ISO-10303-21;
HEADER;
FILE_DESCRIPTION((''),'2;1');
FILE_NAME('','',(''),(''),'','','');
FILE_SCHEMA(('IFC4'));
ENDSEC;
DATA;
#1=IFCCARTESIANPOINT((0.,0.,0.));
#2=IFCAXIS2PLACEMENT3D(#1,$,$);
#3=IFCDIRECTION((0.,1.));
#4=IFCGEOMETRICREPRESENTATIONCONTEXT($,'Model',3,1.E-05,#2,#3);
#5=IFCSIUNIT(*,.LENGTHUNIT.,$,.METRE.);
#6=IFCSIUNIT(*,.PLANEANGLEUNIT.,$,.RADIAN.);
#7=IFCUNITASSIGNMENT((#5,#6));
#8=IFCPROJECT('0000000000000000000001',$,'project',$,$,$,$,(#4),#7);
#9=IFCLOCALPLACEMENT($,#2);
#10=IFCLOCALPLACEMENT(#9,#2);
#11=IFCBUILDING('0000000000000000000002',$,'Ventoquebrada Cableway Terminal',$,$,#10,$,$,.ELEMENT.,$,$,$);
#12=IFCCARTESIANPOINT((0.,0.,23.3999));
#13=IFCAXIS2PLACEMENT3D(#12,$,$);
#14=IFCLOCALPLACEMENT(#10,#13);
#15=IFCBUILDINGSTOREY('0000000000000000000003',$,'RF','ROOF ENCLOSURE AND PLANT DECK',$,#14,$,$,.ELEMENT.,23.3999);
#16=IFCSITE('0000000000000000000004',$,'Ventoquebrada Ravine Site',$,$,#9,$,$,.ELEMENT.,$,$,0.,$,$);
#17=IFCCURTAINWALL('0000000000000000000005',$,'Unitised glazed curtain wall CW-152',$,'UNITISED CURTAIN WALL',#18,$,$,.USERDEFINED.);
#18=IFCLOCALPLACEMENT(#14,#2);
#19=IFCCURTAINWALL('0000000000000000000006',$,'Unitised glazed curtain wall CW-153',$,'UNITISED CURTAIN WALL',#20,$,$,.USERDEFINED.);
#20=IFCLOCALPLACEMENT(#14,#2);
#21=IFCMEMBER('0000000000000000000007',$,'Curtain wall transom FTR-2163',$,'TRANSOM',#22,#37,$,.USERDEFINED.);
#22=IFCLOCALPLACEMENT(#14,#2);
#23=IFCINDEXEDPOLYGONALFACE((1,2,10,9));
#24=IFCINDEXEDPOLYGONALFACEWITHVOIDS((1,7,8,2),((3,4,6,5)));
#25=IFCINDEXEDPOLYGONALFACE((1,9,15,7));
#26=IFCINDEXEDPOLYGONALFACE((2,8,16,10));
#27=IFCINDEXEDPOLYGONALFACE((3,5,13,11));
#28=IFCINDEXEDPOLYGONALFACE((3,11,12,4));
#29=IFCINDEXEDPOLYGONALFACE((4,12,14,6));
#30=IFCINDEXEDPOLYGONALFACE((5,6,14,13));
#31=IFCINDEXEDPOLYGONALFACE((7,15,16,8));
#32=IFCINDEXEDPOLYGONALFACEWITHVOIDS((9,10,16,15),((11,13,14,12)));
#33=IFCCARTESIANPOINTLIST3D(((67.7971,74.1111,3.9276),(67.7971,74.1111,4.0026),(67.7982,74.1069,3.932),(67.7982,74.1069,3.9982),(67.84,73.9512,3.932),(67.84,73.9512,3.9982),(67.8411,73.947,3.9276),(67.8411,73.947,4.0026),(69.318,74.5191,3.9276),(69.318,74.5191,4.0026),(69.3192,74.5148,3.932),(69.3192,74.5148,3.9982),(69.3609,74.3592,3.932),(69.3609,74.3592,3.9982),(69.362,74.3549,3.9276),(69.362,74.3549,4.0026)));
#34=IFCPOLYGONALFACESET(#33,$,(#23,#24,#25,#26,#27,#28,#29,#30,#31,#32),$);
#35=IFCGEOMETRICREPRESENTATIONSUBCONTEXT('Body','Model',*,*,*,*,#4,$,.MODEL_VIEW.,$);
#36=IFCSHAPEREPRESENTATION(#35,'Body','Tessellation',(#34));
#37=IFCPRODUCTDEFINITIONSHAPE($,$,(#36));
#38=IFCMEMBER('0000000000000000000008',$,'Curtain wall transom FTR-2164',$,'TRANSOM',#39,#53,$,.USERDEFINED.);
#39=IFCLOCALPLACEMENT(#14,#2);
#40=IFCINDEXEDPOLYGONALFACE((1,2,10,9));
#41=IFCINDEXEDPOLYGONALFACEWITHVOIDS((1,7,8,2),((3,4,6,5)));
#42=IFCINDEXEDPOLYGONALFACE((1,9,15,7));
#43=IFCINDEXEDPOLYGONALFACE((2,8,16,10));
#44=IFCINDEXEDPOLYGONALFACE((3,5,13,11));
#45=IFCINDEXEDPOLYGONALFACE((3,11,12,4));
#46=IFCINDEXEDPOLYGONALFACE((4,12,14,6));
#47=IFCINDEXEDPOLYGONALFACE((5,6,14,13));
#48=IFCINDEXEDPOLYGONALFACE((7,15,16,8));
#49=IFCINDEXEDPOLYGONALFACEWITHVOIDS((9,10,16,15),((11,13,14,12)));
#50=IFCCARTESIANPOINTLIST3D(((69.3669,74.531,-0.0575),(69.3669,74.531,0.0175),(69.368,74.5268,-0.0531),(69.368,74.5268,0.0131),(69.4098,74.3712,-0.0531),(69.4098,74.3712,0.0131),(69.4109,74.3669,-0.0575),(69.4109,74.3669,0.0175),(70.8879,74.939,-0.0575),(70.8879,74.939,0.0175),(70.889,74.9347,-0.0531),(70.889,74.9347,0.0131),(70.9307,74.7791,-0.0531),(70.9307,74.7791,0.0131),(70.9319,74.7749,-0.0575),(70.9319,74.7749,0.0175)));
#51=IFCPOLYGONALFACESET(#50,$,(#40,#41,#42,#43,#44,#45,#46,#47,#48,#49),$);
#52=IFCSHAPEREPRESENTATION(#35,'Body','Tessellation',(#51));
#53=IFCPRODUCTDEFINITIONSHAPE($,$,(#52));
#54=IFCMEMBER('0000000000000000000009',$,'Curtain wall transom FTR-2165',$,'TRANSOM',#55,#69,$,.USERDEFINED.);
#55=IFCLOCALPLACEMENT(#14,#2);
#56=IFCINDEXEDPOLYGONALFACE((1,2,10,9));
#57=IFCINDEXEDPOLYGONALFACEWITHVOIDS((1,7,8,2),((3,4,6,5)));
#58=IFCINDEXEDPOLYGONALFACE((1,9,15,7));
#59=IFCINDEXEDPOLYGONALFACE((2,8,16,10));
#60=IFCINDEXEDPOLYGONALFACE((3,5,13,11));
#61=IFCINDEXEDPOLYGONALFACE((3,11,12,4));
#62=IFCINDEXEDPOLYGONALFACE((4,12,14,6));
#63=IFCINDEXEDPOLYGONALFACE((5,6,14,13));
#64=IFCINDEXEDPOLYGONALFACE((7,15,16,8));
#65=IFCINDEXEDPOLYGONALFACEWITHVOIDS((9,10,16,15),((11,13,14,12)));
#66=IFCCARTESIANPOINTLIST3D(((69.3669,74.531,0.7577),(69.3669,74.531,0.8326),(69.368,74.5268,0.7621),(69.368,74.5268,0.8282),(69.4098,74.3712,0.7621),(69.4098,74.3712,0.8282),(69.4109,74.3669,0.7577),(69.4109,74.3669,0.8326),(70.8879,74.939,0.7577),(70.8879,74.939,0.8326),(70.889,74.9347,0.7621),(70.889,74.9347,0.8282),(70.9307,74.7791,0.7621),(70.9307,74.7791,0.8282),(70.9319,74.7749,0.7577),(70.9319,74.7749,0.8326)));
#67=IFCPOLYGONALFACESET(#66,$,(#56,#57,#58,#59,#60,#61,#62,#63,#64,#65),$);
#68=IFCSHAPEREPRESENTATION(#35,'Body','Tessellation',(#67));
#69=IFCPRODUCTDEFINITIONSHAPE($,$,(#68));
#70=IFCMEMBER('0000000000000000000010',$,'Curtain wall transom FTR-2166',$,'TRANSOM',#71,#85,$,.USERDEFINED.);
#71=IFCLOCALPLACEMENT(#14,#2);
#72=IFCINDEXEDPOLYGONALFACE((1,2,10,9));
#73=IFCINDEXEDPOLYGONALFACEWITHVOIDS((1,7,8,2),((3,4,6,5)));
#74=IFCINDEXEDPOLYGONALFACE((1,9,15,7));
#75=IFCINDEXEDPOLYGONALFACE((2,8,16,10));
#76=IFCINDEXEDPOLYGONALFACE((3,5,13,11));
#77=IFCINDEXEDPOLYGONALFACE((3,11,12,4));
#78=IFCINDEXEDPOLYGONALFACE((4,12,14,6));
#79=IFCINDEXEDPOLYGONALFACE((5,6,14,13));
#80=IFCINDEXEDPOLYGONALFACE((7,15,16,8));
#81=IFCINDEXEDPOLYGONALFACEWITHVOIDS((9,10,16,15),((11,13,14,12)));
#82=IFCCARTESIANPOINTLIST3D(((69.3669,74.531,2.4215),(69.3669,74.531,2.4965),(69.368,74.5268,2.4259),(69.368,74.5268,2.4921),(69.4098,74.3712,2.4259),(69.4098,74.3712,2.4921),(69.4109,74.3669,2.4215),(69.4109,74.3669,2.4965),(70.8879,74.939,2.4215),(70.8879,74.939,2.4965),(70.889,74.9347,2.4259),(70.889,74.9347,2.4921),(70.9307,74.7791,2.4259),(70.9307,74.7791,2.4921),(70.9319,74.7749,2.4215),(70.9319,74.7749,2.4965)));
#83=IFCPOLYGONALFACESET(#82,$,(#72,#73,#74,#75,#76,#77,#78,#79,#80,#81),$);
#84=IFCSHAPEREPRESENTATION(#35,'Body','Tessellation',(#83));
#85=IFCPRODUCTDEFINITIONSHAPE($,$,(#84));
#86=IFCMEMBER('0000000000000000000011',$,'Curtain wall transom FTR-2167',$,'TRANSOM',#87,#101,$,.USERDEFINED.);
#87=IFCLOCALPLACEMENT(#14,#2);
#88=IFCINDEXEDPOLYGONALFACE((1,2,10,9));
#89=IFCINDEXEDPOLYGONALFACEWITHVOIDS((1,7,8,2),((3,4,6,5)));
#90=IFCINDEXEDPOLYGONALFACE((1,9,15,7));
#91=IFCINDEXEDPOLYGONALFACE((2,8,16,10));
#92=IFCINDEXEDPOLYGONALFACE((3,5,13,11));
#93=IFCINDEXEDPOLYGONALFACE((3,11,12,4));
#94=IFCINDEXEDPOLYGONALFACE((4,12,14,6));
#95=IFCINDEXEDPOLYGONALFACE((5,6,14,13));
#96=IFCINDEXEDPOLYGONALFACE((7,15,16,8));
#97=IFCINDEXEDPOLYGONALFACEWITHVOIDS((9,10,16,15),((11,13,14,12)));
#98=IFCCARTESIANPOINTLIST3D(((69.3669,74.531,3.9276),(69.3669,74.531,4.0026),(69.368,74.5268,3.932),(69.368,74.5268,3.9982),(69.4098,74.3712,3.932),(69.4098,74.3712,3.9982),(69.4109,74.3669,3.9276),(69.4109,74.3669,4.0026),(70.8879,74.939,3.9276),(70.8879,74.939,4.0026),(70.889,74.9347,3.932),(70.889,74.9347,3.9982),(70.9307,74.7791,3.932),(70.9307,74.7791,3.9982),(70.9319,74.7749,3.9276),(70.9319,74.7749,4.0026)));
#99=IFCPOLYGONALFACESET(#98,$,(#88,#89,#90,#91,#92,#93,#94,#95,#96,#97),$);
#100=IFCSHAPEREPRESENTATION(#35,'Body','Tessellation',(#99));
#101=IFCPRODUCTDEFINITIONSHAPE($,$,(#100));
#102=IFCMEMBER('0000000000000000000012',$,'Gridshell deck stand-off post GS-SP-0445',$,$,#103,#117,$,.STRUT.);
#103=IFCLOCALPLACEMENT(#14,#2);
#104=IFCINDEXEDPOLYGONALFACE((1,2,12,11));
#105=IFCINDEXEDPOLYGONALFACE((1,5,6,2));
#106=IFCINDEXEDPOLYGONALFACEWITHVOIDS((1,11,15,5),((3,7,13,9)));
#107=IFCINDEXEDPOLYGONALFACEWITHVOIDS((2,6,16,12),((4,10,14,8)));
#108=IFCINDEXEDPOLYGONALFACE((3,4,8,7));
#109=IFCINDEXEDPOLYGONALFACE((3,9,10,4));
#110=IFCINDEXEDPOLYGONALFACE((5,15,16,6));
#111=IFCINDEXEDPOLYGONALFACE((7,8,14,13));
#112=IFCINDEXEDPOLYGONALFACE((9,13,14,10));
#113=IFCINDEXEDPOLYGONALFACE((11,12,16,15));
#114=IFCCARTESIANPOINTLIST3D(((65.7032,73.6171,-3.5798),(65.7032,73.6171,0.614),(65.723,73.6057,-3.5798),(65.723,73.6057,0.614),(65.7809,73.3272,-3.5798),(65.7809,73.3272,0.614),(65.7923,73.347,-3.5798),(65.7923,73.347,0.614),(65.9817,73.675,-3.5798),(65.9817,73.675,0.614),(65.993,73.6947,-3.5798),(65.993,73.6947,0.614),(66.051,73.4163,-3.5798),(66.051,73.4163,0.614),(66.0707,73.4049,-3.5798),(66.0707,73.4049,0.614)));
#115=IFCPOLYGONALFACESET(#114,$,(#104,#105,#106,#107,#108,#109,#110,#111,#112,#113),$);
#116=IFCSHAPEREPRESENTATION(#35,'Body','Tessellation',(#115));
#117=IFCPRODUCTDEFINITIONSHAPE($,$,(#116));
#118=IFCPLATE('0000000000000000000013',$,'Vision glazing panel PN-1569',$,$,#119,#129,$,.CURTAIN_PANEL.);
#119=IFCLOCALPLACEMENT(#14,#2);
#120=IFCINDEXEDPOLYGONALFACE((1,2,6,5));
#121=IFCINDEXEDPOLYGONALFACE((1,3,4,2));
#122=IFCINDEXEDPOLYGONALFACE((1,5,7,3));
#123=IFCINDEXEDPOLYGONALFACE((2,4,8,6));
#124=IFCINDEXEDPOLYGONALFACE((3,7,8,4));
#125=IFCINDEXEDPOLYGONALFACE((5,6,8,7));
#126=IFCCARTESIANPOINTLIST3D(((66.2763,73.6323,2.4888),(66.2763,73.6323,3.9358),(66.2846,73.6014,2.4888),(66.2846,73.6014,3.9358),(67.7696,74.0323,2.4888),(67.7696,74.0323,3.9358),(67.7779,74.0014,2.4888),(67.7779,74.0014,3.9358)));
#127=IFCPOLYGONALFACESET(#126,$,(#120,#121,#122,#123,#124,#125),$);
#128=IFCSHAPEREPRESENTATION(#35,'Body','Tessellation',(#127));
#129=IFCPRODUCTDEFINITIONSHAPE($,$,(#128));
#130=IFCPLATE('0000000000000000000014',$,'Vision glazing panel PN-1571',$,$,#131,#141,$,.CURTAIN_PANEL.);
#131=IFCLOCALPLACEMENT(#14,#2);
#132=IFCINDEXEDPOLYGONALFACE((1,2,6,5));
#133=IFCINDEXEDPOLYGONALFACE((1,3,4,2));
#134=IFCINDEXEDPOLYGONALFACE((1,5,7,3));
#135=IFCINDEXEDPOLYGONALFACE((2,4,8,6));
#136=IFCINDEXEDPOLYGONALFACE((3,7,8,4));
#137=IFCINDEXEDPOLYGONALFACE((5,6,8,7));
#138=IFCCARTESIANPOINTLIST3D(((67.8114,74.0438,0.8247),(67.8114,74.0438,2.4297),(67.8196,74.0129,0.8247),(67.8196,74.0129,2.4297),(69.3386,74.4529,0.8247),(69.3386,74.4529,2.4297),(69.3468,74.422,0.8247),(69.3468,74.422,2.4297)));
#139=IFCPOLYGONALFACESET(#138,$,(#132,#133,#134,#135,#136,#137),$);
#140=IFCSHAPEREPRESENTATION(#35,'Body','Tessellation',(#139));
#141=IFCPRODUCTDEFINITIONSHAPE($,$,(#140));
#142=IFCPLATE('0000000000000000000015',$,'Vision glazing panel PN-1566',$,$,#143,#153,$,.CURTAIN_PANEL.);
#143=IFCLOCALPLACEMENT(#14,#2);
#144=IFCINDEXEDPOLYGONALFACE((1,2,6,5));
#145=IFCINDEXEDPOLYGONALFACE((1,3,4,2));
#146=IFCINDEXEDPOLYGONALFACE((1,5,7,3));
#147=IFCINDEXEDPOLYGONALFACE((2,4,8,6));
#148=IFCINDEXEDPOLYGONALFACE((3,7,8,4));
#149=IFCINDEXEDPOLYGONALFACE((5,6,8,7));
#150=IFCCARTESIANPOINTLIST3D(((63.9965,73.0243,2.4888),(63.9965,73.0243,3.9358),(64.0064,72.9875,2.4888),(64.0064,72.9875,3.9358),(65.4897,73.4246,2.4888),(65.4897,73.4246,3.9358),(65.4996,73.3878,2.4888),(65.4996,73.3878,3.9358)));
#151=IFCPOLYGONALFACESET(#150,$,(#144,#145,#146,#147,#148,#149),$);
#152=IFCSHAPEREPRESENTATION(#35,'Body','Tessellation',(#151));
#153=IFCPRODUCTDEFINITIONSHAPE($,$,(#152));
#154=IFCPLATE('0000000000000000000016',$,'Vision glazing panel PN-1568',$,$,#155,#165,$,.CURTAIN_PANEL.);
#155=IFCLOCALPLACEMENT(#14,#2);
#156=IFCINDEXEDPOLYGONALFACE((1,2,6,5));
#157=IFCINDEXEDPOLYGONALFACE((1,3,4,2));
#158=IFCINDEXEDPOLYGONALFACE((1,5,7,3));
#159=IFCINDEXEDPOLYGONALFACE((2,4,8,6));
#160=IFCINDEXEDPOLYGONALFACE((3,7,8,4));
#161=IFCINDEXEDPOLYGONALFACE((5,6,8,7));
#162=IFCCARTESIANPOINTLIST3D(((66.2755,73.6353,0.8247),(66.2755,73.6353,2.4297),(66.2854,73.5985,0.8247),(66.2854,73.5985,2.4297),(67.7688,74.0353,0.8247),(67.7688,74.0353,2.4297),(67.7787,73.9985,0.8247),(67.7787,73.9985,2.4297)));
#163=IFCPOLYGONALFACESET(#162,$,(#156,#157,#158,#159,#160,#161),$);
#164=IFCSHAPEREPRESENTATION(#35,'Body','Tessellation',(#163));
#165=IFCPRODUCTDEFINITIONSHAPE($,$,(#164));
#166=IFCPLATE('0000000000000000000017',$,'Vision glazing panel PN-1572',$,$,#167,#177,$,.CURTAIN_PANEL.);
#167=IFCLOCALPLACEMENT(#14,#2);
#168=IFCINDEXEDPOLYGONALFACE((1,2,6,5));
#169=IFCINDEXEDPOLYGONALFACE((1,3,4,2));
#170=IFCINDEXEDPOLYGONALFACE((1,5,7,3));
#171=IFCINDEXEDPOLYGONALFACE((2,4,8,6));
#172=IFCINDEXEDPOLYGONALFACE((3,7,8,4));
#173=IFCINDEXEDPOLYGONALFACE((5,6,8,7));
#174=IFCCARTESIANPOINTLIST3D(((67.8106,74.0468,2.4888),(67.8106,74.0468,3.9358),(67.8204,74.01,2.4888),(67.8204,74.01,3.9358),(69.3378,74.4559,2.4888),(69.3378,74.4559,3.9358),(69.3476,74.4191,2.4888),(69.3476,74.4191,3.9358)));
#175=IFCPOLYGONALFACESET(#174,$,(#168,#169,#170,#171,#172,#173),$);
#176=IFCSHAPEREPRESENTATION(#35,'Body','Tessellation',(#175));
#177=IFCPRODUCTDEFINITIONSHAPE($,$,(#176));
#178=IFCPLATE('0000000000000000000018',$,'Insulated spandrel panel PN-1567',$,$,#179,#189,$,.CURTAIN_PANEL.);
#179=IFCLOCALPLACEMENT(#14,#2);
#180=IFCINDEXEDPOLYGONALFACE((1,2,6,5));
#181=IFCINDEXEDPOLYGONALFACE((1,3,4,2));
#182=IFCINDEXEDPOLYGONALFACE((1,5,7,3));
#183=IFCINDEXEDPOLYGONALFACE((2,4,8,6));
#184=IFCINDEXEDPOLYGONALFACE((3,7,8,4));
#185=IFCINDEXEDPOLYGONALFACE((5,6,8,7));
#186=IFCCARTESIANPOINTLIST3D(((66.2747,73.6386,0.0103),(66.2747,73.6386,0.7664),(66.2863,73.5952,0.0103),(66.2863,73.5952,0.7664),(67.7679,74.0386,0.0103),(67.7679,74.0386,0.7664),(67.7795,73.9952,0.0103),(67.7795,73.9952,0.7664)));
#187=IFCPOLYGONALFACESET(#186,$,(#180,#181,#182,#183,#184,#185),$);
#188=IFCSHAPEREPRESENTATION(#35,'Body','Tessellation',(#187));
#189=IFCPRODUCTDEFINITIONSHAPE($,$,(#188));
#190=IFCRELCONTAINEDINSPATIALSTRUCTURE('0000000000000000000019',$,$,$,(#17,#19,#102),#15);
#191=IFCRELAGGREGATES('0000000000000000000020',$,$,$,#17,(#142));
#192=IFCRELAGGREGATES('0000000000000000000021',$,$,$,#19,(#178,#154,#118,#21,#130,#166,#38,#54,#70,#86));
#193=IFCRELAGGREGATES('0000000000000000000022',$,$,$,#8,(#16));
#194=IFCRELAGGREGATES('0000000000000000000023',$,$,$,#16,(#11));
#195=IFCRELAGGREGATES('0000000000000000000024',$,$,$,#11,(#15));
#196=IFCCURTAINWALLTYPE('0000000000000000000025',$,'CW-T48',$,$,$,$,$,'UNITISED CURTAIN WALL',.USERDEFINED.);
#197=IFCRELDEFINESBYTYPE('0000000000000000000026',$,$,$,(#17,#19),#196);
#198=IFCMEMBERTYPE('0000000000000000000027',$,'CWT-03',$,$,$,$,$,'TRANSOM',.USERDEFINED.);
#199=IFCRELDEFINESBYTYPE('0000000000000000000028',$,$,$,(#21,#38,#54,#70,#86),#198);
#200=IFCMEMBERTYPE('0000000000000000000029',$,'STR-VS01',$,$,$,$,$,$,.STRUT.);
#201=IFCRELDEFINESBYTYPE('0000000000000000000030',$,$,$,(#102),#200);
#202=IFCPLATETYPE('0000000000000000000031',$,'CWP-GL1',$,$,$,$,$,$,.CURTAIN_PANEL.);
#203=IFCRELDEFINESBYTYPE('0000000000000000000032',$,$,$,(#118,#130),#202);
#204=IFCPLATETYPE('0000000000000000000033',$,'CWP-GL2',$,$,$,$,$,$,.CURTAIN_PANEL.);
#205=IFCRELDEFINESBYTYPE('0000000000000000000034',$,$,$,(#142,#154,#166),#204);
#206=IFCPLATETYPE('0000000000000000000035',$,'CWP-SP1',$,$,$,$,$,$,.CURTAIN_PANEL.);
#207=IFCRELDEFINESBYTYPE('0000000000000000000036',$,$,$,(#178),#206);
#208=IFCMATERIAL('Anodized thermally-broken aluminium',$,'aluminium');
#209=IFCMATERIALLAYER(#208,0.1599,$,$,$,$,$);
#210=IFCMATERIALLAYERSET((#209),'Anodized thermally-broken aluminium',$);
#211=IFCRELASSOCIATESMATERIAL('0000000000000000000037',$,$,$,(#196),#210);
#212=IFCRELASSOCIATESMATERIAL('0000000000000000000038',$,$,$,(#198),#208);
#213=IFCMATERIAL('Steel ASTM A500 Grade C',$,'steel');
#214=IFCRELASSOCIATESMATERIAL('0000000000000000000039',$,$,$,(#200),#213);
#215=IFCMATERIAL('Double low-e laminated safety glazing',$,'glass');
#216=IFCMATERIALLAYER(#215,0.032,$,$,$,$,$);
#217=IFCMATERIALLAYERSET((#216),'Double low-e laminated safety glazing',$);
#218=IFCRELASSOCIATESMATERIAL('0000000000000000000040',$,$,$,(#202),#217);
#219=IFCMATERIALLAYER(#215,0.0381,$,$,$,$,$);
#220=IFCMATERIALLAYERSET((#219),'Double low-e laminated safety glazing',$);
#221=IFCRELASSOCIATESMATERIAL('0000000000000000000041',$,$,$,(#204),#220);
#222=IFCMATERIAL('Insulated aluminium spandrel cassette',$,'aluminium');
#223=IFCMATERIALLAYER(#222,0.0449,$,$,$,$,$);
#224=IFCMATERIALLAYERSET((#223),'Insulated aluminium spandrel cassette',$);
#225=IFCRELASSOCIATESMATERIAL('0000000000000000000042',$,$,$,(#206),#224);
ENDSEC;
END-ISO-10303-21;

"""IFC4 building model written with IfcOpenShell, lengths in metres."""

from ifc_helpers import new_model, si_unit, direction, frame, origin, origin_2d, place, context, subcontext, project, spatial, rectangle, hollow_rectangle, extrude, material, layer, layer_set, material_profile, profile_set, type_object, element, aggregate, save


model = new_model("IFC4")

# Units and contexts
model_context = context("Model", 3, precision=1e-05, world=origin(), true_north=direction((0.0, 1.0)))
body_context = subcontext(model_context, "Body", "Model", "MODEL_VIEW")
ifc_project = project(units=[si_unit("LENGTHUNIT", "METRE"), si_unit("PLANEANGLEUNIT", "RADIAN")], contexts=[model_context])

# Site, building, storey
site_placement = place(None, origin())
site = spatial("IfcSite", under=ifc_project, at=site_placement, Name="Ventoquebrada Ravine Site", CompositionType="ELEMENT", RefElevation=0.0)
building_placement = place(site_placement, origin())
building = spatial("IfcBuilding", under=site, at=building_placement, Name="Ventoquebrada Cableway Terminal", CompositionType="ELEMENT")
storey_placement = place(building_placement, frame((0.0, 0.0, 23.3999)))
storey = spatial("IfcBuildingStorey", under=building, at=storey_placement, Name="RF", Description="ROOF ENCLOSURE AND PLANT DECK", CompositionType="ELEMENT", Elevation=23.3999)

# Curtain wall
ifc_material_1 = material(Name="Anodized thermally-broken aluminium", Category="aluminium")
ifc_layer_1 = layer(ifc_material_1, 0.1599)
ifc_layer_set_1 = layer_set([ifc_layer_1], Name="Anodized thermally-broken aluminium")
curtain_wall_type = type_object("IfcCurtainWallType", Name="CW-T48", ElementType="UNITISED CURTAIN WALL", PredefinedType="USERDEFINED", material=ifc_layer_set_1)
curtain_wall_1_placement = place(storey_placement, origin())
curtain_wall_1 = element("IfcCurtainWall", 1, at=curtain_wall_1_placement, inside=storey, type_object=curtain_wall_type, Name="Unitised glazed curtain wall CW-152", ObjectType="UNITISED CURTAIN WALL", PredefinedType="USERDEFINED")

# Curtain wall, members
curtain_wall_2_placement = place(storey_placement, origin())
curtain_wall_2 = element("IfcCurtainWall", 2, at=curtain_wall_2_placement, inside=storey, type_object=curtain_wall_type, Name="Unitised glazed curtain wall CW-153", ObjectType="UNITISED CURTAIN WALL", PredefinedType="USERDEFINED")
ifc_material_profile_1 = material_profile(ifc_material_1, hollow_rectangle(XDim=0.075, YDim=0.1699, WallThickness=0.0044, at=origin_2d()), Name="CW-TRN-75X170")
ifc_profile_set_1 = profile_set([ifc_material_profile_1], Name="Anodized thermally-broken aluminium")
member_type_1 = type_object("IfcMemberType", Name="CWT-03", ElementType="TRANSOM", PredefinedType="USERDEFINED", material=ifc_profile_set_1)
member_1_placement = place(storey_placement, frame((67.8191, 74.0291, 3.9651), z_axis=(0.965861, 0.259062, 0.0), x_axis=(0.0, 0.0, 1.0)))
member_1 = element("IfcMember", 3, at=member_1_placement, type_object=member_type_1, Name="Curtain wall transom FTR-2163", ObjectType="TRANSOM", PredefinedType="USERDEFINED", context=body_context, shape_type="SweptSolid", body=[
    extrude(hollow_rectangle(XDim=0.075, YDim=0.1699, WallThickness=0.0044, at=origin_2d()), origin(), (0.0, 0.0, 1.0), 1.5747),
])
member_2_placement = place(storey_placement, frame((69.3889, 74.449, -0.02), z_axis=(0.965861, 0.259062, 0.0), x_axis=(0.0, 0.0, 1.0)))
member_2 = element("IfcMember", 4, at=member_2_placement, type_object=member_type_1, Name="Curtain wall transom FTR-2164", ObjectType="TRANSOM", PredefinedType="USERDEFINED", context=body_context, shape_type="SweptSolid", body=[
    extrude(hollow_rectangle(XDim=0.075, YDim=0.1699, WallThickness=0.0044, at=origin_2d()), origin(), (0.0, 0.0, 1.0), 1.5747),
])
member_3_placement = place(storey_placement, frame((69.3889, 74.449, 0.7952), z_axis=(0.965861, 0.259062, 0.0), x_axis=(0.0, 0.0, 1.0)))
member_3 = element("IfcMember", 5, at=member_3_placement, type_object=member_type_1, Name="Curtain wall transom FTR-2165", ObjectType="TRANSOM", PredefinedType="USERDEFINED", context=body_context, shape_type="SweptSolid", body=[
    extrude(hollow_rectangle(XDim=0.075, YDim=0.1699, WallThickness=0.0044, at=origin_2d()), origin(), (0.0, 0.0, 1.0), 1.5747),
])
member_4_placement = place(storey_placement, frame((69.3889, 74.449, 2.459), z_axis=(0.965861, 0.259062, 0.0), x_axis=(0.0, 0.0, 1.0)))
member_4 = element("IfcMember", 6, at=member_4_placement, type_object=member_type_1, Name="Curtain wall transom FTR-2166", ObjectType="TRANSOM", PredefinedType="USERDEFINED", context=body_context, shape_type="SweptSolid", body=[
    extrude(hollow_rectangle(XDim=0.075, YDim=0.1699, WallThickness=0.0044, at=origin_2d()), origin(), (0.0, 0.0, 1.0), 1.5747),
])
member_5_placement = place(storey_placement, frame((69.3889, 74.449, 3.9651), z_axis=(0.965861, 0.259062, 0.0), x_axis=(0.0, 0.0, 1.0)))
member_5 = element("IfcMember", 7, at=member_5_placement, type_object=member_type_1, Name="Curtain wall transom FTR-2167", ObjectType="TRANSOM", PredefinedType="USERDEFINED", context=body_context, shape_type="SweptSolid", body=[
    extrude(hollow_rectangle(XDim=0.075, YDim=0.1699, WallThickness=0.0044, at=origin_2d()), origin(), (0.0, 0.0, 1.0), 1.5747),
])

# Member
ifc_material_2 = material(Name="Steel ASTM A500 Grade C", Category="steel")
ifc_material_profile_2 = material_profile(ifc_material_2, hollow_rectangle(XDim=0.3, YDim=0.3, WallThickness=0.0161, at=origin_2d()), Name="HSS300X300X16")
ifc_profile_set_2 = profile_set([ifc_material_profile_2], Name="Steel ASTM A500 Grade C")
member_type_2 = type_object("IfcMemberType", Name="STR-VS01", PredefinedType="STRUT", material=ifc_profile_set_2)
member_6_placement = place(storey_placement, frame((65.887, 73.511, -3.5798), z_axis=(0.0, 0.0, 1.0), x_axis=(0.965926, 0.258819, 0.0)))
element("IfcMember", 8, at=member_6_placement, inside=storey, type_object=member_type_2, Name="Gridshell deck stand-off post GS-SP-0445", PredefinedType="STRUT", context=body_context, shape_type="SweptSolid", body=[
    extrude(hollow_rectangle(XDim=0.3, YDim=0.3, WallThickness=0.0161, at=origin_2d()), origin(), (0.0, 0.0, 1.0), 4.1938),
])

# Plates
ifc_material_3 = material(Name="Double low-e laminated safety glazing", Category="glass")
ifc_layer_2 = layer(ifc_material_3, 0.032)
ifc_layer_set_2 = layer_set([ifc_layer_2], Name="Double low-e laminated safety glazing")
plate_type_1 = type_object("IfcPlateType", Name="CWP-GL1", PredefinedType="CURTAIN_PANEL", material=ifc_layer_set_2)
plate_1_placement = place(storey_placement, frame((67.0271, 73.8169, 2.4888), z_axis=(0.0, 0.0, 1.0), x_axis=(0.965944, 0.258752, 0.0)))
plate_1 = element("IfcPlate", 9, at=plate_1_placement, type_object=plate_type_1, Name="Vision glazing panel PN-1569", PredefinedType="CURTAIN_PANEL", context=body_context, shape_type="SweptSolid", body=[
    extrude(rectangle(XDim=1.5459, YDim=0.032, at=origin_2d()), origin(), (0.0, 0.0, 1.0), 1.447),
])
plate_2_placement = place(storey_placement, frame((68.5791, 74.2329, 0.8247), z_axis=(0.0, 0.0, 1.0), x_axis=(0.965944, 0.258752, 0.0)))
plate_2 = element("IfcPlate", 10, at=plate_2_placement, type_object=plate_type_1, Name="Vision glazing panel PN-1571", PredefinedType="CURTAIN_PANEL", context=body_context, shape_type="SweptSolid", body=[
    extrude(rectangle(XDim=1.5811, YDim=0.032, at=origin_2d()), origin(), (0.0, 0.0, 1.0), 1.605),
])
ifc_layer_3 = layer(ifc_material_3, 0.0381)
ifc_layer_set_3 = layer_set([ifc_layer_3], Name="Double low-e laminated safety glazing")
plate_type_2 = type_object("IfcPlateType", Name="CWP-GL2", PredefinedType="CURTAIN_PANEL", material=ifc_layer_set_3)
plate_3_placement = place(storey_placement, frame((64.748, 73.2061, 2.4888), z_axis=(0.0, 0.0, 1.0), x_axis=(0.965894, 0.258937, 0.0)))
plate_3 = element("IfcPlate", 11, at=plate_3_placement, type_object=plate_type_2, Name="Vision glazing panel PN-1566", PredefinedType="CURTAIN_PANEL", context=body_context, shape_type="SweptSolid", body=[
    extrude(rectangle(XDim=1.5459, YDim=0.0381, at=origin_2d()), origin(), (0.0, 0.0, 1.0), 1.447),
])
aggregate(curtain_wall_1, [plate_3])
plate_4_placement = place(storey_placement, frame((67.0271, 73.8169, 0.8247), z_axis=(0.0, 0.0, 1.0), x_axis=(0.965944, 0.258752, 0.0)))
plate_4 = element("IfcPlate", 12, at=plate_4_placement, type_object=plate_type_2, Name="Vision glazing panel PN-1568", PredefinedType="CURTAIN_PANEL", context=body_context, shape_type="SweptSolid", body=[
    extrude(rectangle(XDim=1.5459, YDim=0.0381, at=origin_2d()), origin(), (0.0, 0.0, 1.0), 1.605),
])
plate_5_placement = place(storey_placement, frame((68.5791, 74.2329, 2.4888), z_axis=(0.0, 0.0, 1.0), x_axis=(0.965944, 0.258752, 0.0)))
plate_5 = element("IfcPlate", 13, at=plate_5_placement, type_object=plate_type_2, Name="Vision glazing panel PN-1572", PredefinedType="CURTAIN_PANEL", context=body_context, shape_type="SweptSolid", body=[
    extrude(rectangle(XDim=1.5811, YDim=0.0381, at=origin_2d()), origin(), (0.0, 0.0, 1.0), 1.447),
])
ifc_material_4 = material(Name="Insulated aluminium spandrel cassette", Category="aluminium")
ifc_layer_4 = layer(ifc_material_4, 0.0449)
ifc_layer_set_4 = layer_set([ifc_layer_4], Name="Insulated aluminium spandrel cassette")
plate_type_3 = type_object("IfcPlateType", Name="CWP-SP1", PredefinedType="CURTAIN_PANEL", material=ifc_layer_set_4)
plate_6_placement = place(storey_placement, frame((67.0271, 73.8169, 0.0103), z_axis=(0.0, 0.0, 1.0), x_axis=(0.965944, 0.258752, 0.0)))
plate_6 = element("IfcPlate", 14, at=plate_6_placement, type_object=plate_type_3, Name="Insulated spandrel panel PN-1567", PredefinedType="CURTAIN_PANEL", context=body_context, shape_type="SweptSolid", body=[
    extrude(rectangle(XDim=1.5459, YDim=0.0449, at=origin_2d()), origin(), (0.0, 0.0, 1.0), 0.7561),
])
aggregate(curtain_wall_2, [plate_6, plate_4, plate_1, member_1, plate_2, plate_5, member_2, member_3, member_4, member_5])

save(model, "model.ifc")
